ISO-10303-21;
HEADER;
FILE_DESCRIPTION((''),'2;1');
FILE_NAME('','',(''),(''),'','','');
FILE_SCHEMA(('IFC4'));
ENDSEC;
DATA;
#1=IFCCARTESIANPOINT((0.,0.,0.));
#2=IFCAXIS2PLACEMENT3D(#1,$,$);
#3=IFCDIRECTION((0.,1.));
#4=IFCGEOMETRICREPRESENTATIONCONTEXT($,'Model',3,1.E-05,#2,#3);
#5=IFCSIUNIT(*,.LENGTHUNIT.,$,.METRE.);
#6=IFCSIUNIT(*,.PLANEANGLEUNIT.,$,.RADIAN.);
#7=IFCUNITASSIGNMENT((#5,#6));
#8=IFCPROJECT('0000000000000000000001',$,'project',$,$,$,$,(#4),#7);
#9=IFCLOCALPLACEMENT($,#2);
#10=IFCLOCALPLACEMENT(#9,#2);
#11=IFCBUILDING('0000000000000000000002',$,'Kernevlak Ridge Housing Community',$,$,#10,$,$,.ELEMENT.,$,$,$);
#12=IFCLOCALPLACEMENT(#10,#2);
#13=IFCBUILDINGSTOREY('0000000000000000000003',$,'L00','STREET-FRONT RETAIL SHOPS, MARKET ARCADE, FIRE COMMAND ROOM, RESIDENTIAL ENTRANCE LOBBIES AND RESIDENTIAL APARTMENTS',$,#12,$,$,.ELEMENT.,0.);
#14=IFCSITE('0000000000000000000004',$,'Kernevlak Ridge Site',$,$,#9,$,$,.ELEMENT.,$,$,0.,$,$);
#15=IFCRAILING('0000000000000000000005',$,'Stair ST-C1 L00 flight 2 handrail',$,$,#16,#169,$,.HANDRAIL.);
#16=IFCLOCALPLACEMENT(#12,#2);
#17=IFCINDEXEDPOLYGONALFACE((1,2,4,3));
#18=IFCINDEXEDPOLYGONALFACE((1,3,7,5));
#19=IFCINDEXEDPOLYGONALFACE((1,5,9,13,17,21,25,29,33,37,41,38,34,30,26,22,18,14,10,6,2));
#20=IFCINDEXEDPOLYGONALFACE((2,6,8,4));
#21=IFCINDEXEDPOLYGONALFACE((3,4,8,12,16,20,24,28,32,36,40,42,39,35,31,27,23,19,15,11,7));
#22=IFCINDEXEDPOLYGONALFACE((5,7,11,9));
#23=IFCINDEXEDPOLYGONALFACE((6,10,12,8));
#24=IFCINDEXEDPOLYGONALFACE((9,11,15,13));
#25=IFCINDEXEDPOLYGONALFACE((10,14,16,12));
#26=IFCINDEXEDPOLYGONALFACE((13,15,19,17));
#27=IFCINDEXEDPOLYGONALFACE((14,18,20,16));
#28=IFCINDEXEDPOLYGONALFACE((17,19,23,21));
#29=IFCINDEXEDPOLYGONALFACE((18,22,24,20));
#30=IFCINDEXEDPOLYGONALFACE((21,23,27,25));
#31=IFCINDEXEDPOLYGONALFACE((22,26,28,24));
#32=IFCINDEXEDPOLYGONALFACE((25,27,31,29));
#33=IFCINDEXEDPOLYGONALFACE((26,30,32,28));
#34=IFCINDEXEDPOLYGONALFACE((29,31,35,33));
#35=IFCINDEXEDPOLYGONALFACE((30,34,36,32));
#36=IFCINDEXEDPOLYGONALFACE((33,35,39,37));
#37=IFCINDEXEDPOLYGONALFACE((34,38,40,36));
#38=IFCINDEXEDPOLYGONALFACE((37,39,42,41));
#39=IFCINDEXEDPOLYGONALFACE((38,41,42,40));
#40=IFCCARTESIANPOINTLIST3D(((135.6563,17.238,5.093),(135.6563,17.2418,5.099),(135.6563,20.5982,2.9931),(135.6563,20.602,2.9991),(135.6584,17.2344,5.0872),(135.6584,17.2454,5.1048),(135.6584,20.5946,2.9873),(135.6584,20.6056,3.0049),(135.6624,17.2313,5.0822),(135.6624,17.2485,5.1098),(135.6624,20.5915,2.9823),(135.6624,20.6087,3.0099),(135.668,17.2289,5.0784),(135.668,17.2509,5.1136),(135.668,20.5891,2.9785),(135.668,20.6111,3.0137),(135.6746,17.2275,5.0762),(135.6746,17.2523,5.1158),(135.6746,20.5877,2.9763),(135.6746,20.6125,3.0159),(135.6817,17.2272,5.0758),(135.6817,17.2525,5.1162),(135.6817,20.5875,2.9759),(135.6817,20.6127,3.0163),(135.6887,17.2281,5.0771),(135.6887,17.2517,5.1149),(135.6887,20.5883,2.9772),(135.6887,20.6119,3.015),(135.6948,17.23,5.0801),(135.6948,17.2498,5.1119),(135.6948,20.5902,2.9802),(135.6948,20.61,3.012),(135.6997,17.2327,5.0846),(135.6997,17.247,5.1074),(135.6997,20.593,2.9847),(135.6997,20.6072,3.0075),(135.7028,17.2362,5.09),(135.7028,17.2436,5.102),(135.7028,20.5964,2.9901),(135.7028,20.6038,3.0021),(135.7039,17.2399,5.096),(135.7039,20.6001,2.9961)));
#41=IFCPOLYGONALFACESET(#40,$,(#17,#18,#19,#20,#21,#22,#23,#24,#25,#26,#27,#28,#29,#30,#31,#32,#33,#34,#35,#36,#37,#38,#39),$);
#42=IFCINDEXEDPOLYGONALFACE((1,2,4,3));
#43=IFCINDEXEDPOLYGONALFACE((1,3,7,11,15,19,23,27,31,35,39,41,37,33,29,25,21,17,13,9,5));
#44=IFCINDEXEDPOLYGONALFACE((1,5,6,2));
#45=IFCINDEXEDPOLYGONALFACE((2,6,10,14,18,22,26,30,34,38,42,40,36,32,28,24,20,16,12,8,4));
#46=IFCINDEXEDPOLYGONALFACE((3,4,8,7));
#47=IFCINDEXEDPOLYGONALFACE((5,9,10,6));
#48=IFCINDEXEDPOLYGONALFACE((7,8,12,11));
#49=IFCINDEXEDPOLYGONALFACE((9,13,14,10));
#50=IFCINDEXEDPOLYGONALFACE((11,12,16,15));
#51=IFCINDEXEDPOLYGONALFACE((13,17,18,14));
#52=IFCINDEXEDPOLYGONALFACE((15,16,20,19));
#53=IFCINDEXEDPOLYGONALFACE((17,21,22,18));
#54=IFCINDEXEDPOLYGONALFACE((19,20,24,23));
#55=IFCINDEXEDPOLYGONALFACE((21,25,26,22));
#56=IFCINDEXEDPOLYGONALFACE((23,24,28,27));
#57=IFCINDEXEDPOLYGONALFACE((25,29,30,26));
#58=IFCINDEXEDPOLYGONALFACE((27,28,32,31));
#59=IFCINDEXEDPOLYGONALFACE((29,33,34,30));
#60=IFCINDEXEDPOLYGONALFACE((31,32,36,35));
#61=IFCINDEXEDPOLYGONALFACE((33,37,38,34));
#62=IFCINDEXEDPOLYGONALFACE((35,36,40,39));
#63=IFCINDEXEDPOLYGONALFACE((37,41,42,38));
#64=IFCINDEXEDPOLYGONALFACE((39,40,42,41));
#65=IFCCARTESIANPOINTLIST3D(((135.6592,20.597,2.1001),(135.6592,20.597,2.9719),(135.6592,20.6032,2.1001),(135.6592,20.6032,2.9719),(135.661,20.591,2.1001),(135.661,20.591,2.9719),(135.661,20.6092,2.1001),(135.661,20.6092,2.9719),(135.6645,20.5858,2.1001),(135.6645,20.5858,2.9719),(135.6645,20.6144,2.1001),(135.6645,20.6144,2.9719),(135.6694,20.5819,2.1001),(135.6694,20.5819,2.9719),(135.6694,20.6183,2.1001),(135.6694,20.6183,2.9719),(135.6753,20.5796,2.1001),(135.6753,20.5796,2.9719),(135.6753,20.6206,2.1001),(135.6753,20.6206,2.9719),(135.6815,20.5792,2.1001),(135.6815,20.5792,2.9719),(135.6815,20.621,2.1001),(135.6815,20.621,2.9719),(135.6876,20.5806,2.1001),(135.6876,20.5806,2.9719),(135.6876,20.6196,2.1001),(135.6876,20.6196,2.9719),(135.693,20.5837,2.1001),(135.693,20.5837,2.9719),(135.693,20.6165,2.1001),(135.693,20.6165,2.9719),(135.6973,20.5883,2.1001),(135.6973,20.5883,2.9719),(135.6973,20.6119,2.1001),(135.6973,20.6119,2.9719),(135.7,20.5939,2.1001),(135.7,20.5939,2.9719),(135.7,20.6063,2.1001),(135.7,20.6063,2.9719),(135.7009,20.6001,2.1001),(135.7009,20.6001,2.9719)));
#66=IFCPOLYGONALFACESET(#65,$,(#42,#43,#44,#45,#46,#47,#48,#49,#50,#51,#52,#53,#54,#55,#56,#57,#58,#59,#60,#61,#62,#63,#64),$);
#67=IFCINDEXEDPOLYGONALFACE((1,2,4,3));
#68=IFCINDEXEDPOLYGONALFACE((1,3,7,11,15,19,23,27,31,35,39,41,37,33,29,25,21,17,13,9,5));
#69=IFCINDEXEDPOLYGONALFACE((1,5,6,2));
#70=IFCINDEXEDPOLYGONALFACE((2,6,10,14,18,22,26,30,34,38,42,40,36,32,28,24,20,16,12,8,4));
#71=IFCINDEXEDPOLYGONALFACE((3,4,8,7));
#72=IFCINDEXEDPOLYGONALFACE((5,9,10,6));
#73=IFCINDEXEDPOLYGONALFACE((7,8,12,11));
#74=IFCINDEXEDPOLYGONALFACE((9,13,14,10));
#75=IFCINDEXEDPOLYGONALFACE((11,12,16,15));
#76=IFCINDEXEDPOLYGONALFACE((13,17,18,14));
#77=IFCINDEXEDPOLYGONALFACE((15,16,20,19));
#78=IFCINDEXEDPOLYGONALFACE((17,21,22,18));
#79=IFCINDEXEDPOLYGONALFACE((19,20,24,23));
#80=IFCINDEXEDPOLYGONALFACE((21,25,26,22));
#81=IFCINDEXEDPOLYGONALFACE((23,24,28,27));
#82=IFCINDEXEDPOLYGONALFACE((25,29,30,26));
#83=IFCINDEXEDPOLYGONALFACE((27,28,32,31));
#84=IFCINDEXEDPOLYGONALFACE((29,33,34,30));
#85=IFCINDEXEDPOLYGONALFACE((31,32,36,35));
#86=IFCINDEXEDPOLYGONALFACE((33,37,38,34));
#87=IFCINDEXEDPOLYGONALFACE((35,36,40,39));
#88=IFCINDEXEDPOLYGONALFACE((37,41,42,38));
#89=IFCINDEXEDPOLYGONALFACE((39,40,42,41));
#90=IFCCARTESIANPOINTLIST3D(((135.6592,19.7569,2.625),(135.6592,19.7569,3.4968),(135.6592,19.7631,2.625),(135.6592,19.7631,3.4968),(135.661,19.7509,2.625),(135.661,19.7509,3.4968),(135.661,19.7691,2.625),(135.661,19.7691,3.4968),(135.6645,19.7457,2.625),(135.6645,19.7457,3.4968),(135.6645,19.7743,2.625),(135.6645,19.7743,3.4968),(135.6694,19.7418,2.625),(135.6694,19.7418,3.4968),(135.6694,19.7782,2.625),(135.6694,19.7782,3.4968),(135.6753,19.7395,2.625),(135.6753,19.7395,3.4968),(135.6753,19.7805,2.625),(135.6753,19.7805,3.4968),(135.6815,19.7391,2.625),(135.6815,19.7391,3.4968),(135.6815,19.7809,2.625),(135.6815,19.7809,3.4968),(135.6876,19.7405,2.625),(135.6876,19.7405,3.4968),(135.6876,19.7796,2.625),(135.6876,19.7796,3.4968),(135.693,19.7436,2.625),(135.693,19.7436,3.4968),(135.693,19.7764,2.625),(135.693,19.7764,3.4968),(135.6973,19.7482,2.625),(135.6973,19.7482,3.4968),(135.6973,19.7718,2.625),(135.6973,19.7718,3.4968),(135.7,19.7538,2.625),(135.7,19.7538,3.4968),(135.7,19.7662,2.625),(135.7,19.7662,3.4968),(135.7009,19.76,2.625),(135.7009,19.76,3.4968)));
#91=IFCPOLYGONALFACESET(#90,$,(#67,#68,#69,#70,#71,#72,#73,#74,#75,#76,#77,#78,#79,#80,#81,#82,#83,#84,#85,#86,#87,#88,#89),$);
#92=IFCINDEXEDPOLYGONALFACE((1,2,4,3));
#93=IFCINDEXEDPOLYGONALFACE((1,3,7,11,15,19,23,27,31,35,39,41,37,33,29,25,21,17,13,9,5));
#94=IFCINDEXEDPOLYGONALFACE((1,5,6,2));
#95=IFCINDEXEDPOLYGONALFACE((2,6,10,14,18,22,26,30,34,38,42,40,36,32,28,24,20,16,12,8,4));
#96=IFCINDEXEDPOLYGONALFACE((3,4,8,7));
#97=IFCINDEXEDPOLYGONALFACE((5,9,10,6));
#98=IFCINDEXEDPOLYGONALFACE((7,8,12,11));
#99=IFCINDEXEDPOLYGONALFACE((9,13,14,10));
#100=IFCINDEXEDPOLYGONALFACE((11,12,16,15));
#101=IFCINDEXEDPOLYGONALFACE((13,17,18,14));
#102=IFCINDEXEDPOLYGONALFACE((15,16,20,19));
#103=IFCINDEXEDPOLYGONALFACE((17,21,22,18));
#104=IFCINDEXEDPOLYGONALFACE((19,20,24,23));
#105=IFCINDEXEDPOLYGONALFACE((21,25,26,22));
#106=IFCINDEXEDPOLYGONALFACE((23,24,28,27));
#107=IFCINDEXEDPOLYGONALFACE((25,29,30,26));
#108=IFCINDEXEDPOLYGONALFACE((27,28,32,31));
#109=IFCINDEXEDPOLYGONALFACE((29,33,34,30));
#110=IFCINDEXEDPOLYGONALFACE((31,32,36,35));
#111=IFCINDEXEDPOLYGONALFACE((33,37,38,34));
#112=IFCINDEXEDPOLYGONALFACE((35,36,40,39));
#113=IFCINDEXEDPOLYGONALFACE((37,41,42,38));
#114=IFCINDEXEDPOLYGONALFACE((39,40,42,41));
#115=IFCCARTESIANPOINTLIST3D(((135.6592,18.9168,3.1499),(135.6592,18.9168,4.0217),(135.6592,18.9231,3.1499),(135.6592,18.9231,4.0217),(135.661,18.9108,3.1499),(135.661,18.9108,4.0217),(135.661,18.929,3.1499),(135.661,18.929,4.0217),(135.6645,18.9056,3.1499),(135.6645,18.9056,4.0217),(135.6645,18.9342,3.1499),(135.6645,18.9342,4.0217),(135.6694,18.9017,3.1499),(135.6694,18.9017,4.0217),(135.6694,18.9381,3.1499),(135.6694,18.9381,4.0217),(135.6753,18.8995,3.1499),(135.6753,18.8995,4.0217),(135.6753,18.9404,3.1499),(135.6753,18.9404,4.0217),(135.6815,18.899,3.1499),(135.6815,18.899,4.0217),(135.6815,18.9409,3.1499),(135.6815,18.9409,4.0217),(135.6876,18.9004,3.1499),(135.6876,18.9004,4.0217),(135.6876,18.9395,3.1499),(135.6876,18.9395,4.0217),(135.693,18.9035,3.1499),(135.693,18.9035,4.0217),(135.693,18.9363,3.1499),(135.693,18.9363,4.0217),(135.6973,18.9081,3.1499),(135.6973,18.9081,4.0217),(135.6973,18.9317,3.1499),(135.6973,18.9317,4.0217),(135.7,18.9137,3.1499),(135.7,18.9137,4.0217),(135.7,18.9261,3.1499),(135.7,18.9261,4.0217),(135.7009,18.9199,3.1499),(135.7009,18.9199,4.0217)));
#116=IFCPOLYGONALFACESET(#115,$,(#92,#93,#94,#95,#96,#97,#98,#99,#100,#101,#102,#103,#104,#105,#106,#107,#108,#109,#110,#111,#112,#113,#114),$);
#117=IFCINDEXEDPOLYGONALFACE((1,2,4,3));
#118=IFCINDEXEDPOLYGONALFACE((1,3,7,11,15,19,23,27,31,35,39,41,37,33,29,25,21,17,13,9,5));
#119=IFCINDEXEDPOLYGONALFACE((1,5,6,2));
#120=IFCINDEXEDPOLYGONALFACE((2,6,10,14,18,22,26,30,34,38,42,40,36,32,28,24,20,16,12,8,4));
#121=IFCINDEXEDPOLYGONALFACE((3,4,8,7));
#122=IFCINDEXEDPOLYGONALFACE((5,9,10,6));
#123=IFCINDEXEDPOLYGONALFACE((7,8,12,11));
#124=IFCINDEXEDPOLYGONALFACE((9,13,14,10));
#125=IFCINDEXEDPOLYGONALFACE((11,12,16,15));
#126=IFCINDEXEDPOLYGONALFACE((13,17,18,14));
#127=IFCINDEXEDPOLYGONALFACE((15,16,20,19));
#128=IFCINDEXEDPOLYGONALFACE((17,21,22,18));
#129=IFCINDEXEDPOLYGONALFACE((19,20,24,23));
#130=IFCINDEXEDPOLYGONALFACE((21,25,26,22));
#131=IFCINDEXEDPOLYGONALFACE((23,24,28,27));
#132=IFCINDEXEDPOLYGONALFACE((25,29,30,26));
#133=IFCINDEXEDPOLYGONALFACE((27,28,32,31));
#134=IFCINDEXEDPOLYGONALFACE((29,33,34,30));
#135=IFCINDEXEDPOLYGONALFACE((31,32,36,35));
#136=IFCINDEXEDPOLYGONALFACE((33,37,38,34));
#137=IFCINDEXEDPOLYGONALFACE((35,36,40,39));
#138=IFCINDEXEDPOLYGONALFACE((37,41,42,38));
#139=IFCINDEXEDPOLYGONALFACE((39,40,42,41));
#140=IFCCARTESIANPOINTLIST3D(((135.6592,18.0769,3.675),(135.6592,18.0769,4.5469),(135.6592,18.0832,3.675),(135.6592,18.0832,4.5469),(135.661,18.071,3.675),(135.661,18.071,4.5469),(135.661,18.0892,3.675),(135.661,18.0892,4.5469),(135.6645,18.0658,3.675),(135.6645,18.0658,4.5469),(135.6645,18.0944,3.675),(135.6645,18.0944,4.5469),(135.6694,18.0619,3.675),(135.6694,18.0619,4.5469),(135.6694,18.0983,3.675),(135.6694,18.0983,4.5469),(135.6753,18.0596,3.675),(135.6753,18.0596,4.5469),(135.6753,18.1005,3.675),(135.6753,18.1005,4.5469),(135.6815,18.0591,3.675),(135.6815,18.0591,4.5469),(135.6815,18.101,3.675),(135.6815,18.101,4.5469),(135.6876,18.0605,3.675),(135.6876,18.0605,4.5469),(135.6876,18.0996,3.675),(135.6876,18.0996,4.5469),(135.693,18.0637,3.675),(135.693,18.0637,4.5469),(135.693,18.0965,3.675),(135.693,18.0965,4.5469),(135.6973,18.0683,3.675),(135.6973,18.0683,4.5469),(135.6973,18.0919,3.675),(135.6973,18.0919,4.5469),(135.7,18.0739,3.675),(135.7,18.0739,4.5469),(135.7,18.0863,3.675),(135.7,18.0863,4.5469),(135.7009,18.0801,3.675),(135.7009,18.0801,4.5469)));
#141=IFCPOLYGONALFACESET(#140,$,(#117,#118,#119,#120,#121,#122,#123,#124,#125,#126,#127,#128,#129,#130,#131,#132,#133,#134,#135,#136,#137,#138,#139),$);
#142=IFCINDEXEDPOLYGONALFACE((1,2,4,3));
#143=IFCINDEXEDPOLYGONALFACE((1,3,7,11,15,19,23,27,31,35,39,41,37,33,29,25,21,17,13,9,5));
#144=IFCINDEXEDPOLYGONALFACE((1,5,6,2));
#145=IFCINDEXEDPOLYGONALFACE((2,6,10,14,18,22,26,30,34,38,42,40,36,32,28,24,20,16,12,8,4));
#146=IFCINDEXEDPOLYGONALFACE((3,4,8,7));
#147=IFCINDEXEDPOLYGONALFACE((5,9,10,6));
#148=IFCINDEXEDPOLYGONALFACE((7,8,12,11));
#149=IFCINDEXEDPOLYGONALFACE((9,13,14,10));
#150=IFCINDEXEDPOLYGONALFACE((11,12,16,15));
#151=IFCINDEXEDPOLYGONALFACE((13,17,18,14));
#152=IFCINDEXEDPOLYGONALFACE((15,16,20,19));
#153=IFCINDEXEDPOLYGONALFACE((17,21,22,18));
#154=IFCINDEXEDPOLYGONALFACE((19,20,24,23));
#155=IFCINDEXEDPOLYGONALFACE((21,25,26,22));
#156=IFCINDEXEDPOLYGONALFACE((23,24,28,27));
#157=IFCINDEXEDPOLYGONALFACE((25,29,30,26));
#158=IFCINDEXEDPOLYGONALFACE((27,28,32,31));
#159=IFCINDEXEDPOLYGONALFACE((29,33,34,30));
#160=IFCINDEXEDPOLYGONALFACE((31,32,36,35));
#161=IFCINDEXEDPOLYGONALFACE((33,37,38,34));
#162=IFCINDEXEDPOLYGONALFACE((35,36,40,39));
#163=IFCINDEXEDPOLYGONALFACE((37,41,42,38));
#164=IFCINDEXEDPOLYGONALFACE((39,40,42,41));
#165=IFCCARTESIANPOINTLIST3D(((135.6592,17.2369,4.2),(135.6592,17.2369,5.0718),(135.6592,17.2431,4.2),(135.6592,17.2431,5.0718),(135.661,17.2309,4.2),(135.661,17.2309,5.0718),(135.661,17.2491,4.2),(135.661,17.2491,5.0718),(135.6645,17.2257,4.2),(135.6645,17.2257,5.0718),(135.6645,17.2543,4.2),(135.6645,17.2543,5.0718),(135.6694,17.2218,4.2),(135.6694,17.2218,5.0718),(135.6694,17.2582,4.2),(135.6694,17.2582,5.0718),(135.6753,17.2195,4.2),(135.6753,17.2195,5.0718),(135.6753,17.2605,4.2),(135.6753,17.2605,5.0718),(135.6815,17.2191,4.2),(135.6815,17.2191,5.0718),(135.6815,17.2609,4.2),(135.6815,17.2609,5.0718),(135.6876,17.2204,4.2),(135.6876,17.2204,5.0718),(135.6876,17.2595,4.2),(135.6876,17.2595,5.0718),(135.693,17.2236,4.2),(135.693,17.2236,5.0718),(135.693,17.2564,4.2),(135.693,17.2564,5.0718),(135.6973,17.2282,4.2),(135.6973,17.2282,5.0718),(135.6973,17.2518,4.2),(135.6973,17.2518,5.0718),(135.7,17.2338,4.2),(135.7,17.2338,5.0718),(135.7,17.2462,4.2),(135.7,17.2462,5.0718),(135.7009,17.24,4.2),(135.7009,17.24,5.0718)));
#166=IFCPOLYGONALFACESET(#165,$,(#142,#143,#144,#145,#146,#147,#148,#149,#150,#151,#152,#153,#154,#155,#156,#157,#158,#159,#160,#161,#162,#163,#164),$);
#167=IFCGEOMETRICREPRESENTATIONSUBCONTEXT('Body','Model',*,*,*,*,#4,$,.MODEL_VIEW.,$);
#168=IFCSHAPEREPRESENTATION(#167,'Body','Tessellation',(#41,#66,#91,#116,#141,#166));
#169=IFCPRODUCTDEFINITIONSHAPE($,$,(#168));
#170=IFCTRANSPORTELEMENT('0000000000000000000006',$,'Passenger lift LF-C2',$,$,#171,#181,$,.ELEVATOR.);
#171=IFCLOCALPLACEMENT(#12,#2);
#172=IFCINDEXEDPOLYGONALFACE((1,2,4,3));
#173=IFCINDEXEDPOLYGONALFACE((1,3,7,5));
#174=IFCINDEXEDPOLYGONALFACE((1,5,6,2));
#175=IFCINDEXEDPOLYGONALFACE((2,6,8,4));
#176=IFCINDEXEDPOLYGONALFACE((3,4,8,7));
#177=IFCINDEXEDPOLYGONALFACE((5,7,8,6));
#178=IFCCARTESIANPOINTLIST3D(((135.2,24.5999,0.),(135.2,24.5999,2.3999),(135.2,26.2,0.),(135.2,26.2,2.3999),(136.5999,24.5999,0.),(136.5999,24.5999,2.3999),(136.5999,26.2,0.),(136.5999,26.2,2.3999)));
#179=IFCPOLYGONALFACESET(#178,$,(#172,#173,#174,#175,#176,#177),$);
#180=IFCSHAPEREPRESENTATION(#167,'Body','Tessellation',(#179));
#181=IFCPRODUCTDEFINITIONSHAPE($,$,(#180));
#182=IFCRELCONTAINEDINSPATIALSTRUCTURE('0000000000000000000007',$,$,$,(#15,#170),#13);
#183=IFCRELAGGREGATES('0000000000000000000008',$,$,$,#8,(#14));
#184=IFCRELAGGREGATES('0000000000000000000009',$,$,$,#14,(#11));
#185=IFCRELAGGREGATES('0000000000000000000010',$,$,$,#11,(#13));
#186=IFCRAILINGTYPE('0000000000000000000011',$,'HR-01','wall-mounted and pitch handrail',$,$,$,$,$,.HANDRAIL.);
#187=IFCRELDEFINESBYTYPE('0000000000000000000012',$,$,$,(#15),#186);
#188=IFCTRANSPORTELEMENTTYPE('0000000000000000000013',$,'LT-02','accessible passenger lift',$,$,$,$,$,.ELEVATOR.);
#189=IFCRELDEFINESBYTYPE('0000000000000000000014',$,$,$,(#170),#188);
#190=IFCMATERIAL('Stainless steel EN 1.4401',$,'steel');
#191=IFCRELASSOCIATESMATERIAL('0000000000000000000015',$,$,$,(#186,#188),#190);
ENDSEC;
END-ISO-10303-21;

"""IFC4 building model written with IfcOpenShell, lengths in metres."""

from ifc_helpers import new_model, si_unit, direction, frame, origin, origin_2d, place, context, subcontext, project, spatial, rectangle, circle, extrude, material, type_object, element, save


model = new_model("IFC4")

# Units and contexts
model_context = context("Model", 3, precision=1e-05, world=origin(), true_north=direction((0.0, 1.0)))
body_context = subcontext(model_context, "Body", "Model", "MODEL_VIEW")
ifc_project = project(units=[si_unit("LENGTHUNIT", "METRE"), si_unit("PLANEANGLEUNIT", "RADIAN")], contexts=[model_context])

# Site, building, storey
site_placement = place(None, origin())
site = spatial("IfcSite", under=ifc_project, at=site_placement, Name="Kernevlak Ridge Site", CompositionType="ELEMENT", RefElevation=0.0)
building_placement = place(site_placement, origin())
building = spatial("IfcBuilding", under=site, at=building_placement, Name="Kernevlak Ridge Housing Community", CompositionType="ELEMENT")
storey_placement = place(building_placement, origin())
storey = spatial("IfcBuildingStorey", under=building, at=storey_placement, Name="L00", Description="STREET-FRONT RETAIL SHOPS, MARKET ARCADE, FIRE COMMAND ROOM, RESIDENTIAL ENTRANCE LOBBIES AND RESIDENTIAL APARTMENTS", CompositionType="ELEMENT", Elevation=0.0)

# Shared definitions
ifc_material_1 = material(Name="Stainless steel EN 1.4401", Category="steel")

# Railing
railing_type_1 = type_object("IfcRailingType", Name="HR-01", Description="wall-mounted and pitch handrail", PredefinedType="HANDRAIL", material=ifc_material_1)
railing_1_placement = place(storey_placement, frame((135.6799, 20.6001, 2.1001)))
element("IfcRailing", 1, at=railing_1_placement, inside=storey, type_object=railing_type_1, Name="Stair ST-C1 L00 flight 2 handrail", PredefinedType="HANDRAIL", context=body_context, shape_type="SweptSolid", body=[
    extrude(circle(Radius=0.0239, at=origin_2d()), frame((0.0, 0.0, 0.896), z_axis=(0.0, -0.848023, 0.52996), x_axis=(1.0, 0.0, 0.0)), (0.0, 0.0, 1.0), 3.9624),
    extrude(circle(Radius=0.021, at=origin_2d()), origin(), (0.0, 0.0, 1.0), 0.8718),
    extrude(circle(Radius=0.021, at=origin_2d()), frame((0.0, -0.8401, 0.5249)), (0.0, 0.0, 1.0), 0.8718),
    extrude(circle(Radius=0.021, at=origin_2d()), frame((0.0, -1.6802, 1.0498)), (0.0, 0.0, 1.0), 0.8718),
    extrude(circle(Radius=0.021, at=origin_2d()), frame((0.0, -2.52, 1.575)), (0.0, 0.0, 1.0), 0.8718),
    extrude(circle(Radius=0.021, at=origin_2d()), frame((0.0, -3.3601, 2.0999)), (0.0, 0.0, 1.0), 0.8718),
])

# Transport element
transport_element_type = type_object("IfcTransportElementType", Name="LT-02", Description="accessible passenger lift", PredefinedType="ELEVATOR", material=ifc_material_1)
transport_element_placement = place(storey_placement, frame((135.8999, 25.3999, 0.0), z_axis=(0.0, 0.0, 1.0), x_axis=(1.0, 0.0, 0.0)))
element("IfcTransportElement", 2, at=transport_element_placement, inside=storey, type_object=transport_element_type, Name="Passenger lift LF-C2", PredefinedType="ELEVATOR", context=body_context, shape_type="SweptSolid", body=[
    extrude(rectangle(XDim=1.3999, YDim=1.6001, at=origin_2d()), origin(), (0.0, 0.0, 1.0), 2.3999),
])

save(model, "model.ifc")
